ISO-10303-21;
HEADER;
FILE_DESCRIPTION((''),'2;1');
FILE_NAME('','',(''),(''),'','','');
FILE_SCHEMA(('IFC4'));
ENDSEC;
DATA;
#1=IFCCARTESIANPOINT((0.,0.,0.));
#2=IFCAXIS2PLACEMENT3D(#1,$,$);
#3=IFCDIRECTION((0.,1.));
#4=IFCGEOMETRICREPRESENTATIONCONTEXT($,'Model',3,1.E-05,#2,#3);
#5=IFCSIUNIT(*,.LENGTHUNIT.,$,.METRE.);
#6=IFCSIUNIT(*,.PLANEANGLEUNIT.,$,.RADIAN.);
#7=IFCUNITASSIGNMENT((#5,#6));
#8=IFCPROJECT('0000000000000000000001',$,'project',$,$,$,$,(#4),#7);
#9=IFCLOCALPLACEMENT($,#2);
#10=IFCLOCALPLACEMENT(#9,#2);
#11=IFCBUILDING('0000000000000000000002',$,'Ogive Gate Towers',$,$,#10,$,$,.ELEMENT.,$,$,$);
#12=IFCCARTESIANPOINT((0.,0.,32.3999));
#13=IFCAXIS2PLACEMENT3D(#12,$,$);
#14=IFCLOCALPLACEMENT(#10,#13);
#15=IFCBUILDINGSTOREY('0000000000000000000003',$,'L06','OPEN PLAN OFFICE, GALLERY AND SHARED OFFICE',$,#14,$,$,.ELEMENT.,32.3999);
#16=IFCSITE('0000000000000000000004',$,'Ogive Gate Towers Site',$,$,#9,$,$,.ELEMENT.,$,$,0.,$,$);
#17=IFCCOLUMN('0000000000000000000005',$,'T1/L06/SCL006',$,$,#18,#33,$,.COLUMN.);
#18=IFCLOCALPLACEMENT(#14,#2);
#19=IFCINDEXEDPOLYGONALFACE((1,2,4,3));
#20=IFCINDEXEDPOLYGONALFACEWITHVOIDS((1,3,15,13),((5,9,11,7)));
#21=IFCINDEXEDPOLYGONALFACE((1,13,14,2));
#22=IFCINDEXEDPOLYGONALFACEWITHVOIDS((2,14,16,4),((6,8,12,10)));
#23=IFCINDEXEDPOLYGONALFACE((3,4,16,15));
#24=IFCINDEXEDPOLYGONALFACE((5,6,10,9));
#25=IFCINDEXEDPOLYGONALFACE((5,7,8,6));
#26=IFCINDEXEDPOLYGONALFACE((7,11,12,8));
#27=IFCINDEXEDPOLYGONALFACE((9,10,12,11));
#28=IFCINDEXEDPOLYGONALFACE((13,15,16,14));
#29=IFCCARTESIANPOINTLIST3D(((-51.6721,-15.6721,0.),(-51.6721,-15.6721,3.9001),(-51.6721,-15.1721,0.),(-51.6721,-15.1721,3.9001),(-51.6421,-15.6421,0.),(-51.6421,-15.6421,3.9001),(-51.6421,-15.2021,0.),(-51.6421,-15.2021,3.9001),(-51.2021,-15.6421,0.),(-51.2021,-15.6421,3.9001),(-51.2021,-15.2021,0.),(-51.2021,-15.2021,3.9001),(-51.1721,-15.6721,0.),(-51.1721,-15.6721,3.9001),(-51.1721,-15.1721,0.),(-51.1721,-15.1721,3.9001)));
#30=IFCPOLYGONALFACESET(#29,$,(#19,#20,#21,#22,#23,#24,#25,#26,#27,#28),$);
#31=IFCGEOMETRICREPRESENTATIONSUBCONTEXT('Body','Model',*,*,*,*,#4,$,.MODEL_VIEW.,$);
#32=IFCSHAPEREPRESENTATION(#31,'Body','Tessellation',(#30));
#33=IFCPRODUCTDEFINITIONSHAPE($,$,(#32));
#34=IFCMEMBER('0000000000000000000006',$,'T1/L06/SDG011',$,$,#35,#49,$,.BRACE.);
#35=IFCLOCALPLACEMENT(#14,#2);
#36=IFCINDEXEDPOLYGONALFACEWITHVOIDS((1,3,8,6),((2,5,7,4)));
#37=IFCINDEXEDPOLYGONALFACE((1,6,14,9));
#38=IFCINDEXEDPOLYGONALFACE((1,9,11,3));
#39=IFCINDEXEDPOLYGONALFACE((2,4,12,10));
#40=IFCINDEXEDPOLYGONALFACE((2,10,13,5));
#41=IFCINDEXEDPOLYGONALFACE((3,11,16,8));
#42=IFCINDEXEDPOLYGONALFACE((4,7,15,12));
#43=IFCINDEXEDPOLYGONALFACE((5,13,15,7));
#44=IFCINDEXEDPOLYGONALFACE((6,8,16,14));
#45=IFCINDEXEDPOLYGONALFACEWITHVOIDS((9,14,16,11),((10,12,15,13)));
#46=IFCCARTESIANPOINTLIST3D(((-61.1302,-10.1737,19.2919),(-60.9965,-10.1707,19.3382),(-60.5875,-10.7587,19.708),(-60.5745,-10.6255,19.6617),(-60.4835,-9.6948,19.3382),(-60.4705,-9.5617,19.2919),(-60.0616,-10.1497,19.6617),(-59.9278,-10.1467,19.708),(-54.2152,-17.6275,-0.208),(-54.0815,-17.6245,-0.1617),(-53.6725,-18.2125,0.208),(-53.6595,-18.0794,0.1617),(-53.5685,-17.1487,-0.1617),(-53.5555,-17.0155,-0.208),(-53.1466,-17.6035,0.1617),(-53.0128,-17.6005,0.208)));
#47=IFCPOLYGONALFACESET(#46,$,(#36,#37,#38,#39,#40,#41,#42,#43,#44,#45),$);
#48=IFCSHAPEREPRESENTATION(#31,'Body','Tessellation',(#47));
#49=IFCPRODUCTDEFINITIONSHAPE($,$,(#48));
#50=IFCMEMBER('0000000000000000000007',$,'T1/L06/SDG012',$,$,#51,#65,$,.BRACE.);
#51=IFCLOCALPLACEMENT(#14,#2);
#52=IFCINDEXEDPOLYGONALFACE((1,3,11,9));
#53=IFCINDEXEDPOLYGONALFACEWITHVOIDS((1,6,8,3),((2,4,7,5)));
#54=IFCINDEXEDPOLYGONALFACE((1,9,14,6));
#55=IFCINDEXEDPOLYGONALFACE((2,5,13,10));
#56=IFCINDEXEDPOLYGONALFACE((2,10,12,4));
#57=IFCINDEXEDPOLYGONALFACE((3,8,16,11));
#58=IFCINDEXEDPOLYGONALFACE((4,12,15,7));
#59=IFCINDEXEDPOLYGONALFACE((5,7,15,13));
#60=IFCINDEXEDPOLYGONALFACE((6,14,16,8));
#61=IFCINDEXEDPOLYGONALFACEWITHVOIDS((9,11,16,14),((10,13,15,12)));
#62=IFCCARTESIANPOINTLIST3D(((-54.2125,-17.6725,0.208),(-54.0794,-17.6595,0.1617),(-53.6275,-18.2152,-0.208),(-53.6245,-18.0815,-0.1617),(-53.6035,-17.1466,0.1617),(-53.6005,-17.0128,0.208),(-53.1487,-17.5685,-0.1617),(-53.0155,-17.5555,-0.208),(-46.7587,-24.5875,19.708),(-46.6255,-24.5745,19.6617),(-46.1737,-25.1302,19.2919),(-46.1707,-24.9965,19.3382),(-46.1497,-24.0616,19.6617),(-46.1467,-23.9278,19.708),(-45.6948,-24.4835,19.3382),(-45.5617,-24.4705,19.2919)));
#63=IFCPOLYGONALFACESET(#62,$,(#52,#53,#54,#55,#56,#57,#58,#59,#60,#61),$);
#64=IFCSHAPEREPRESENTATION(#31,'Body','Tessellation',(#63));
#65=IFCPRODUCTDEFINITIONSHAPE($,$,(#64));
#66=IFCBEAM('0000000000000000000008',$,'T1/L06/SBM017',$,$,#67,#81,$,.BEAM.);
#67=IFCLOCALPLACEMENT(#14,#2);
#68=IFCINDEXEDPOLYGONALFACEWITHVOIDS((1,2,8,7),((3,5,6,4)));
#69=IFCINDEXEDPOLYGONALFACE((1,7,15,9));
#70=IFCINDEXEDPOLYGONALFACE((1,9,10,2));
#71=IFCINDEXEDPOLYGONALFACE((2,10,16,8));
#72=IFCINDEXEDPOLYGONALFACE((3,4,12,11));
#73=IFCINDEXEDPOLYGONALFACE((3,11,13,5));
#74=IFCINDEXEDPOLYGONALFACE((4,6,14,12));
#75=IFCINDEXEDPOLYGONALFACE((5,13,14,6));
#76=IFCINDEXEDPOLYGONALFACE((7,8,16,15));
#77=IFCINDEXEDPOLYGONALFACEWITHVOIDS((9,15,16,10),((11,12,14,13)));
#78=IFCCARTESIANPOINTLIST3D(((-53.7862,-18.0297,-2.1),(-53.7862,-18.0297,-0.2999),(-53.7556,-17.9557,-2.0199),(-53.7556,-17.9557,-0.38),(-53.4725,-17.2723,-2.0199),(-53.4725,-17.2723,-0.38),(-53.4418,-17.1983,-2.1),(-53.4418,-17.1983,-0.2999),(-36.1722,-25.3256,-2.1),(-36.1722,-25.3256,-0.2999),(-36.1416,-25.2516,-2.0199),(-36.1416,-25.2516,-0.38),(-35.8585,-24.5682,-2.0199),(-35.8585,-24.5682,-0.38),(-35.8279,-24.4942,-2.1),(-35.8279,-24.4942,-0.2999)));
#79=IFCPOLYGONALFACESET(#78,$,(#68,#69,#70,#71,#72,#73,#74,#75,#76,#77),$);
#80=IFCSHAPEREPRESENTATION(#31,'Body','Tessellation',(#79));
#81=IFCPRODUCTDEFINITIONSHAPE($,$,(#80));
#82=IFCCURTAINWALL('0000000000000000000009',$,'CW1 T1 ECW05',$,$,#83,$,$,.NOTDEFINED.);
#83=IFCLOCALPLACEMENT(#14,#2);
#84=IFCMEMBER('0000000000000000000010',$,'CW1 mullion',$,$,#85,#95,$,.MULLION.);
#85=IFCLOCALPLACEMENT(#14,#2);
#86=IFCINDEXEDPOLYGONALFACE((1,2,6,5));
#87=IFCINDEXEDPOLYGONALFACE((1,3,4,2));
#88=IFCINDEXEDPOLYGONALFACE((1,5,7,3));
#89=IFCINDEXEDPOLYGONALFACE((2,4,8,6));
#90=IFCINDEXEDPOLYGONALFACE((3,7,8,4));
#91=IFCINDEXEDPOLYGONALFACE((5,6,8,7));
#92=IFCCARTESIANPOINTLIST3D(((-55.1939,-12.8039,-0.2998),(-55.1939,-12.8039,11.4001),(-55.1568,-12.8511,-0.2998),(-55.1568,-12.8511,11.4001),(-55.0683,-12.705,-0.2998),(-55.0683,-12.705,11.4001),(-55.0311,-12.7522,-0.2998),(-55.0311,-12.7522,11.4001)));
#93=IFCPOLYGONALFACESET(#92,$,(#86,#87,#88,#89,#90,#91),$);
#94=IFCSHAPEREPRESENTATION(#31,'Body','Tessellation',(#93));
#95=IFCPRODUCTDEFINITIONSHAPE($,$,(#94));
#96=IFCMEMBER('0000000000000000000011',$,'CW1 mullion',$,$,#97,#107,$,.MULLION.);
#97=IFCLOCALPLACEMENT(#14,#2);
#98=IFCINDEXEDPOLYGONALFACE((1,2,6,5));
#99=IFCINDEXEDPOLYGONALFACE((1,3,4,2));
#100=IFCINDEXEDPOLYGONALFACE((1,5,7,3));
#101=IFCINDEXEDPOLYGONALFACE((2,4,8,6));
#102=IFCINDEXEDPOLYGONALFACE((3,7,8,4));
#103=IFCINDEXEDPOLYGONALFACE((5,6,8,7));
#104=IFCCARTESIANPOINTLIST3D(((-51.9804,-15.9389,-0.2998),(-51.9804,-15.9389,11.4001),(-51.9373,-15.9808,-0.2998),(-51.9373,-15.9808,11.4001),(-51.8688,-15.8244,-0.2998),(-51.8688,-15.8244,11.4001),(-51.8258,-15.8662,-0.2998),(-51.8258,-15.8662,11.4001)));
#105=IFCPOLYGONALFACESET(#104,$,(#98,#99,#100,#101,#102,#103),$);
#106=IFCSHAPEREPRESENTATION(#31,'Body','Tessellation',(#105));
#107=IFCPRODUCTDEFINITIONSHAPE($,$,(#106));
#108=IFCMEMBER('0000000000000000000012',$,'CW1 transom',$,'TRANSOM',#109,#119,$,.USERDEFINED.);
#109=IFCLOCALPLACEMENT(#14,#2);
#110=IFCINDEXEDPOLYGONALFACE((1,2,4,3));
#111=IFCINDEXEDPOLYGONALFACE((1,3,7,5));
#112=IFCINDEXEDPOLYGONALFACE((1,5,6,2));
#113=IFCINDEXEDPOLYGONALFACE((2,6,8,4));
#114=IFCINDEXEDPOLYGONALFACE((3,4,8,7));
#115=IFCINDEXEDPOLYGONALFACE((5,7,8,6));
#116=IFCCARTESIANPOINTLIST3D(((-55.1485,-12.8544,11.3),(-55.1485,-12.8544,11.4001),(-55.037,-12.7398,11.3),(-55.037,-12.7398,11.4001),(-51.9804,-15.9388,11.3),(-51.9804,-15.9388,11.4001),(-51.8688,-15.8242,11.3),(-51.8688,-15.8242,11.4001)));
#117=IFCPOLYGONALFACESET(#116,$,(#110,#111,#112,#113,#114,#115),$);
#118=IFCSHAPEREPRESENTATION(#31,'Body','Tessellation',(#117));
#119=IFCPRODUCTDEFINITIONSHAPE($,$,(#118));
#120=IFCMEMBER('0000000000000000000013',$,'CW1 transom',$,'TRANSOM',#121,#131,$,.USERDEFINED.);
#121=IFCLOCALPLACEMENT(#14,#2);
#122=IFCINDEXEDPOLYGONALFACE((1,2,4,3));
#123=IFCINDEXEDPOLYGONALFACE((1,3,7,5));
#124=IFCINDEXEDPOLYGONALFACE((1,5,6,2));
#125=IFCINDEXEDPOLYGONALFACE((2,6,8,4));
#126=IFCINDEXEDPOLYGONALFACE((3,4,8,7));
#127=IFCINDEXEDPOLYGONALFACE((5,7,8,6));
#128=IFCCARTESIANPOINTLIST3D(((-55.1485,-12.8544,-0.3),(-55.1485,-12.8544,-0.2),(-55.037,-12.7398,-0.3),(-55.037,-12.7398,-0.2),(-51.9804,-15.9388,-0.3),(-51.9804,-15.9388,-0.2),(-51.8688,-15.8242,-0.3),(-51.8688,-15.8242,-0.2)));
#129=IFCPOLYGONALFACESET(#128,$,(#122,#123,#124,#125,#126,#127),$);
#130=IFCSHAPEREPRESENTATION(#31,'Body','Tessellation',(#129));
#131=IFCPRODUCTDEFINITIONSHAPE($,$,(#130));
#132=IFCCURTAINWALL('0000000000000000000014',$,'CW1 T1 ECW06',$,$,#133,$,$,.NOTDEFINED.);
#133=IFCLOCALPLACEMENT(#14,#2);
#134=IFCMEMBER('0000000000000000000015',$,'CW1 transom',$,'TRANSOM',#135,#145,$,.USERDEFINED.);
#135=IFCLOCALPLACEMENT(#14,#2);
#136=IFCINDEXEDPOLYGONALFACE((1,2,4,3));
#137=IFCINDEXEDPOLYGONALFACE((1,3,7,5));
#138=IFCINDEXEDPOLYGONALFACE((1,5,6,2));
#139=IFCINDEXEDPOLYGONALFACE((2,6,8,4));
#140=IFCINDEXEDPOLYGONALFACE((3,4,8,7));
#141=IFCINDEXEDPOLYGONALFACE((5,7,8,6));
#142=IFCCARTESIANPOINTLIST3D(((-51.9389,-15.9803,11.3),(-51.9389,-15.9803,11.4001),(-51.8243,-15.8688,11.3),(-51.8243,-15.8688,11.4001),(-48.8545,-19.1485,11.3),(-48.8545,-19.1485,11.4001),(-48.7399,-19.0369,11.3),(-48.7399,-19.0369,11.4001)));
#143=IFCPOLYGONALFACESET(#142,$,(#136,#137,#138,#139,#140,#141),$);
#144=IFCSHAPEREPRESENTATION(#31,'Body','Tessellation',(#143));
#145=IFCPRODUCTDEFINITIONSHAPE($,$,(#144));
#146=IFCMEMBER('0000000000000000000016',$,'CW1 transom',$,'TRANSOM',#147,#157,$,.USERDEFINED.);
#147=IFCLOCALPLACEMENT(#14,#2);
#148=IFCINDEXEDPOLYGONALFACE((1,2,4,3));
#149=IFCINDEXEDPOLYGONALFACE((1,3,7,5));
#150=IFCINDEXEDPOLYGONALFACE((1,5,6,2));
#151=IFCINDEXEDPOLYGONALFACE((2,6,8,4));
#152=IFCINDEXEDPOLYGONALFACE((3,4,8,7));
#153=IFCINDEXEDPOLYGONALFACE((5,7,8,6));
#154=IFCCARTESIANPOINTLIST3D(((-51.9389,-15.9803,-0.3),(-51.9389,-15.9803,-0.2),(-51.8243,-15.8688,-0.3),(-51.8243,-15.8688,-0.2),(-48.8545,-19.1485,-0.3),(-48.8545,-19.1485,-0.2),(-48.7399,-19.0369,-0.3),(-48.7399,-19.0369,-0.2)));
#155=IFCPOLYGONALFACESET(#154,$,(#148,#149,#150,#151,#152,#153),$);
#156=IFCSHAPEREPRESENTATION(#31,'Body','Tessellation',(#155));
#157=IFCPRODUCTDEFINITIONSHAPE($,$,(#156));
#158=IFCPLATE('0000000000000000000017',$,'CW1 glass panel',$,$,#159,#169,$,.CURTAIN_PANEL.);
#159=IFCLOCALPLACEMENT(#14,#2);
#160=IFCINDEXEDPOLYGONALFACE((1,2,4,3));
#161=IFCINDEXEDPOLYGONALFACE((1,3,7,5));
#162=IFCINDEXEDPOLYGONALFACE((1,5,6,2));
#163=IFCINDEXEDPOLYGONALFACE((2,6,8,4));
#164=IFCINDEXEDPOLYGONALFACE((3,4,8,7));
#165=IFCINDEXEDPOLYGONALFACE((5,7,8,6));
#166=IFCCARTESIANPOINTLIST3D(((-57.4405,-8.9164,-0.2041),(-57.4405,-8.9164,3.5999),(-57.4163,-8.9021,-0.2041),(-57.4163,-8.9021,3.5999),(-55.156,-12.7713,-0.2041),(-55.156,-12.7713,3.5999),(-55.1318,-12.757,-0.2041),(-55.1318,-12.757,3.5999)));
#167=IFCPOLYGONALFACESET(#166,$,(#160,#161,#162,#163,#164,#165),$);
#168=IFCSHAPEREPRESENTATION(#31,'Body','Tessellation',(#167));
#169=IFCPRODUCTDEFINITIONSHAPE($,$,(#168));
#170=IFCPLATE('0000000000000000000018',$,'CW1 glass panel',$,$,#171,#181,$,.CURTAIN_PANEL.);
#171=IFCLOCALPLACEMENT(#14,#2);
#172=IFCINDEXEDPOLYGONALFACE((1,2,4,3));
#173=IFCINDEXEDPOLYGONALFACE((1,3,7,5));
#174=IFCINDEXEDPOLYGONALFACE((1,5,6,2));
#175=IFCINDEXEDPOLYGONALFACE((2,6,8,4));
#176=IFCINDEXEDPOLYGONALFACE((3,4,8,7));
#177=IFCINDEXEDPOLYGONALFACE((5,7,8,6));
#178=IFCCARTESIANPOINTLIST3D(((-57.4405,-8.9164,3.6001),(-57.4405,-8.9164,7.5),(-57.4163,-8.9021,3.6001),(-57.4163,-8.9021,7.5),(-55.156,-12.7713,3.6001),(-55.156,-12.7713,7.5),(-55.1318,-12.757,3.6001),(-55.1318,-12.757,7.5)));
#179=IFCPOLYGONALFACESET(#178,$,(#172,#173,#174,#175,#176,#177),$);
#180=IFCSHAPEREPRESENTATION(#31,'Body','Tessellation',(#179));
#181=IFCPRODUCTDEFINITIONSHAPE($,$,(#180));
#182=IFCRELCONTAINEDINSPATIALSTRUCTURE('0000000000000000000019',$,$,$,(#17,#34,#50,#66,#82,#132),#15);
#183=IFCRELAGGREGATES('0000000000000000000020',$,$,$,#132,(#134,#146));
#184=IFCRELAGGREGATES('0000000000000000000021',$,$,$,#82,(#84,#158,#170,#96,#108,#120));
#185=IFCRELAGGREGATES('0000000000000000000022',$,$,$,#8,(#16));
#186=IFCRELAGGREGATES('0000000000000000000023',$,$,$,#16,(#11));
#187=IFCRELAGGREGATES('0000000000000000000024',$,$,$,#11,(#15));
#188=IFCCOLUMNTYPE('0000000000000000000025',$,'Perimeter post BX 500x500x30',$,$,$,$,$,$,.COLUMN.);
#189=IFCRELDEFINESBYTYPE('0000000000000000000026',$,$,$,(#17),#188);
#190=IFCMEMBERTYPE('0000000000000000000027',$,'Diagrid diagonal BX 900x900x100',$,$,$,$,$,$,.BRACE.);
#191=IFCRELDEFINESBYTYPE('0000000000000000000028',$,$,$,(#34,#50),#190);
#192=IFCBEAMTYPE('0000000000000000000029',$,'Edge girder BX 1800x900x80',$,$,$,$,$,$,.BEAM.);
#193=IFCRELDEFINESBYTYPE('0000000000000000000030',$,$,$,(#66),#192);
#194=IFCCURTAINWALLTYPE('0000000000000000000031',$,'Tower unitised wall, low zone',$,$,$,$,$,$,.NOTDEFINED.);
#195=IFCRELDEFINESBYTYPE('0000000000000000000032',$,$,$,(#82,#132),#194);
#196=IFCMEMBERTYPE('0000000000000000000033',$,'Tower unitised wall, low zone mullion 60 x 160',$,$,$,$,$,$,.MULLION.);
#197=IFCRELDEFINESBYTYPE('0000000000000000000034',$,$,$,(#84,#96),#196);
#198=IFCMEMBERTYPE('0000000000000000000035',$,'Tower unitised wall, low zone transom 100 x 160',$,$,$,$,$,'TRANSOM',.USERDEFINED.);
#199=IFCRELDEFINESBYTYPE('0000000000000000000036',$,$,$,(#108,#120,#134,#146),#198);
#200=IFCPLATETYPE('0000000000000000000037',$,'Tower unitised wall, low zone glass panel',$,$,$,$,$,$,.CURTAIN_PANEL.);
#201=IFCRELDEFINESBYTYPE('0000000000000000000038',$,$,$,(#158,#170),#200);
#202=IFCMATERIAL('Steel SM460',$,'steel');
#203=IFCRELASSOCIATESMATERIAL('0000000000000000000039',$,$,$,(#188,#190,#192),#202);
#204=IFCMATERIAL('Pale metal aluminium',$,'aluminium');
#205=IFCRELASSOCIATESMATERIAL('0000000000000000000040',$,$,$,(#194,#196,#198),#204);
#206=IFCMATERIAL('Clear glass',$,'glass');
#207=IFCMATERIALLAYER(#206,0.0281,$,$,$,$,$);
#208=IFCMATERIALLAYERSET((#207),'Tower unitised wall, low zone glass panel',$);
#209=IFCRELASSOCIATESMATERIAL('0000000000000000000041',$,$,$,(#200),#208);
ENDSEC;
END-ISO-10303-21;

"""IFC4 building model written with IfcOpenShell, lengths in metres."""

from ifc_helpers import new_model, si_unit, direction, frame, origin, origin_2d, place, context, subcontext, project, spatial, rectangle, hollow_rectangle, extrude, material, layer, layer_set, material_profile, profile_set, type_object, element, aggregate, save


model = new_model("IFC4")

# Units and contexts
model_context = context("Model", 3, precision=1e-05, world=origin(), true_north=direction((0.0, 1.0)))
body_context = subcontext(model_context, "Body", "Model", "MODEL_VIEW")
ifc_project = project(units=[si_unit("LENGTHUNIT", "METRE"), si_unit("PLANEANGLEUNIT", "RADIAN")], contexts=[model_context])

# Site, building, storey
site_placement = place(None, origin())
site = spatial("IfcSite", under=ifc_project, at=site_placement, Name="Ogive Gate Towers Site", CompositionType="ELEMENT", RefElevation=0.0)
building_placement = place(site_placement, origin())
building = spatial("IfcBuilding", under=site, at=building_placement, Name="Ogive Gate Towers", CompositionType="ELEMENT")
storey_placement = place(building_placement, frame((0.0, 0.0, 32.3999)))
storey = spatial("IfcBuildingStorey", under=building, at=storey_placement, Name="L06", Description="OPEN PLAN OFFICE, GALLERY AND SHARED OFFICE", CompositionType="ELEMENT", Elevation=32.3999)

# Column
ifc_material_1 = material(Name="Steel SM460", Category="steel")
ifc_material_profile_1 = material_profile(ifc_material_1, hollow_rectangle(XDim=0.5, YDim=0.5, WallThickness=0.03, at=origin_2d()), Name="BX 500x500x30")
ifc_profile_set_1 = profile_set([ifc_material_profile_1], Name="Steel SM460")
column_type = type_object("IfcColumnType", Name="Perimeter post BX 500x500x30", PredefinedType="COLUMN", material=ifc_profile_set_1)
column_placement = place(storey_placement, frame((-51.4221, -15.4221, 0.0), z_axis=(0.0, 0.0, 1.0), x_axis=(1.0, 0.0, 0.0)))
element("IfcColumn", 1, at=column_placement, inside=storey, type_object=column_type, Name="T1/L06/SCL006", PredefinedType="COLUMN", context=body_context, shape_type="SweptSolid", body=[
    extrude(hollow_rectangle(XDim=0.5, YDim=0.5, WallThickness=0.03, at=origin_2d()), origin(), (0.0, 0.0, 1.0), 3.9001),
])

# Members
ifc_material_profile_2 = material_profile(ifc_material_1, hollow_rectangle(XDim=0.8999, YDim=0.8999, WallThickness=0.1001, at=origin_2d()), Name="BX 900x900x100")
ifc_profile_set_2 = profile_set([ifc_material_profile_2], Name="Steel SM460")
member_type_1 = type_object("IfcMemberType", Name="Diagrid diagonal BX 900x900x100", PredefinedType="BRACE", material=ifc_profile_set_2)
for number, where, z_axis, x_axis, name in (
    (2, (-53.614, -17.614, 0.0), (-0.314441, 0.338942, 0.886705), (-0.733107, -0.680113, 0.0), "T1/L06/SDG011"),
    (3, (-53.614, -17.614, 0.0), (0.338942, -0.314441, 0.886705), (0.680113, 0.733107, 0.0), "T1/L06/SDG012"),
):
    element("IfcMember", number, at=place(storey_placement, frame(where, z_axis=z_axis, x_axis=x_axis)), inside=storey, type_object=member_type_1, Name=name, PredefinedType="BRACE", context=body_context, shape_type="SweptSolid", body=[
        extrude(hollow_rectangle(XDim=0.8999, YDim=0.8999, WallThickness=0.1001, at=origin_2d()), origin(), (0.0, 0.0, 1.0), 21.9915),
    ])

# Beam
ifc_material_profile_3 = material_profile(ifc_material_1, hollow_rectangle(XDim=0.8999, YDim=1.8, WallThickness=0.0801, at=origin_2d()), Name="BX 1800x900x80")
ifc_profile_set_3 = profile_set([ifc_material_profile_3], Name="Steel SM460")
beam_type = type_object("IfcBeamType", Name="Edge girder BX 1800x900x80", PredefinedType="BEAM", material=ifc_profile_set_3)
beam_placement = place(storey_placement, frame((-53.614, -17.614, -1.2), z_axis=(0.923881, -0.382681, 0.0), x_axis=(0.382681, 0.923881, 0.0)))
element("IfcBeam", 4, at=beam_placement, inside=storey, type_object=beam_type, Name="T1/L06/SBM017", PredefinedType="BEAM", context=body_context, shape_type="SweptSolid", body=[
    extrude(hollow_rectangle(XDim=0.8999, YDim=1.8, WallThickness=0.0801, at=origin_2d()), origin(), (0.0, 0.0, 1.0), 19.0652),
])

# Curtain walls, members
ifc_material_2 = material(Name="Pale metal aluminium", Category="aluminium")
curtain_wall_type = type_object("IfcCurtainWallType", Name="Tower unitised wall, low zone", PredefinedType="NOTDEFINED", material=ifc_material_2)
curtain_wall_1_placement = place(storey_placement, origin())
curtain_wall_1 = element("IfcCurtainWall", 5, at=curtain_wall_1_placement, inside=storey, type_object=curtain_wall_type, Name="CW1 T1 ECW05", PredefinedType="NOTDEFINED")
ifc_material_profile_4 = material_profile(ifc_material_2, rectangle(XDim=0.1599, YDim=0.0601, at=origin_2d()), Name="60 x 160 aluminium box")
ifc_profile_set_4 = profile_set([ifc_material_profile_4], Name="Pale metal aluminium")
member_type_2 = type_object("IfcMemberType", Name="Tower unitised wall, low zone mullion 60 x 160", PredefinedType="MULLION", material=ifc_profile_set_4)
member_1_placement = place(storey_placement, frame((-55.1125, -12.7781, -0.2998), z_axis=(0.0, 0.0, 1.0), x_axis=(-0.78576, -0.618532, 0.0)))
member_1 = element("IfcMember", 6, at=member_1_placement, type_object=member_type_2, Name="CW1 mullion", PredefinedType="MULLION", context=body_context, shape_type="SweptSolid", body=[
    extrude(rectangle(XDim=0.1599, YDim=0.0601, at=origin_2d()), origin(), (0.0, 0.0, 1.0), 11.7),
])
member_2_placement = place(storey_placement, frame((-51.9031, -15.9026, -0.2998), z_axis=(0.0, 0.0, 1.0), x_axis=(-0.69759, -0.716497, 0.0)))
member_2 = element("IfcMember", 7, at=member_2_placement, type_object=member_type_2, Name="CW1 mullion", PredefinedType="MULLION", context=body_context, shape_type="SweptSolid", body=[
    extrude(rectangle(XDim=0.1599, YDim=0.0601, at=origin_2d()), origin(), (0.0, 0.0, 1.0), 11.7),
])
ifc_material_profile_5 = material_profile(ifc_material_2, rectangle(XDim=0.1599, YDim=0.1001, at=origin_2d()), Name="100 x 160 aluminium box")
ifc_profile_set_5 = profile_set([ifc_material_profile_5], Name="Pale metal aluminium")
member_type_3 = type_object("IfcMemberType", Name="Tower unitised wall, low zone transom 100 x 160", ElementType="TRANSOM", PredefinedType="USERDEFINED", material=ifc_profile_set_5)
member_3_placement = place(storey_placement, frame((-55.0928, -12.7971, 11.3501), z_axis=(0.716513, -0.697574, 0.0), x_axis=(0.697574, 0.716513, 0.0)))
member_3 = element("IfcMember", 8, at=member_3_placement, type_object=member_type_3, Name="CW1 transom", ObjectType="TRANSOM", PredefinedType="USERDEFINED", context=body_context, shape_type="SweptSolid", body=[
    extrude(rectangle(XDim=0.1599, YDim=0.1001, at=origin_2d()), origin(), (0.0, 0.0, 1.0), 4.4216),
])
member_4_placement = place(storey_placement, frame((-55.0928, -12.7971, -0.25), z_axis=(0.716513, -0.697574, 0.0), x_axis=(0.697574, 0.716513, 0.0)))
member_4 = element("IfcMember", 9, at=member_4_placement, type_object=member_type_3, Name="CW1 transom", ObjectType="TRANSOM", PredefinedType="USERDEFINED", context=body_context, shape_type="SweptSolid", body=[
    extrude(rectangle(XDim=0.1599, YDim=0.1001, at=origin_2d()), origin(), (0.0, 0.0, 1.0), 4.4216),
])
curtain_wall_2_placement = place(storey_placement, origin())
curtain_wall_2 = element("IfcCurtainWall", 10, at=curtain_wall_2_placement, inside=storey, type_object=curtain_wall_type, Name="CW1 T1 ECW06", PredefinedType="NOTDEFINED")
member_5_placement = place(storey_placement, frame((-51.8816, -15.9246, 11.3501), z_axis=(0.697574, -0.716513, 0.0), x_axis=(0.716513, 0.697574, 0.0)))
member_5 = element("IfcMember", 11, at=member_5_placement, type_object=member_type_3, Name="CW1 transom", ObjectType="TRANSOM", PredefinedType="USERDEFINED", context=body_context, shape_type="SweptSolid", body=[
    extrude(rectangle(XDim=0.1599, YDim=0.1001, at=origin_2d()), origin(), (0.0, 0.0, 1.0), 4.4216),
])
member_6_placement = place(storey_placement, frame((-51.8816, -15.9246, -0.25), z_axis=(0.697574, -0.716513, 0.0), x_axis=(0.716513, 0.697574, 0.0)))
member_6 = element("IfcMember", 12, at=member_6_placement, type_object=member_type_3, Name="CW1 transom", ObjectType="TRANSOM", PredefinedType="USERDEFINED", context=body_context, shape_type="SweptSolid", body=[
    extrude(rectangle(XDim=0.1599, YDim=0.1001, at=origin_2d()), origin(), (0.0, 0.0, 1.0), 4.4216),
])
aggregate(curtain_wall_2, [member_5, member_6])

# Plates
ifc_material_3 = material(Name="Clear glass", Category="glass")
ifc_layer_1 = layer(ifc_material_3, 0.0281)
ifc_layer_set_1 = layer_set([ifc_layer_1], Name="Tower unitised wall, low zone glass panel")
plate_type = type_object("IfcPlateType", Name="Tower unitised wall, low zone glass panel", PredefinedType="CURTAIN_PANEL", material=ifc_layer_set_1)
plate_1_placement = place(storey_placement, frame((-56.2861, -10.8367, -0.2041), z_axis=(0.0, 0.0, 1.0), x_axis=(0.509822, -0.86028, 0.0)))
plate_1 = element("IfcPlate", 13, at=plate_1_placement, type_object=plate_type, Name="CW1 glass panel", PredefinedType="CURTAIN_PANEL", context=body_context, shape_type="SweptSolid", body=[
    extrude(rectangle(XDim=4.481, YDim=0.0281, at=origin_2d()), origin(), (0.0, 0.0, 1.0), 3.804),
])
plate_2_placement = place(storey_placement, frame((-56.2861, -10.8367, 3.6001), z_axis=(0.0, 0.0, 1.0), x_axis=(0.509822, -0.86028, 0.0)))
plate_2 = element("IfcPlate", 14, at=plate_2_placement, type_object=plate_type, Name="CW1 glass panel", PredefinedType="CURTAIN_PANEL", context=body_context, shape_type="SweptSolid", body=[
    extrude(rectangle(XDim=4.481, YDim=0.0281, at=origin_2d()), origin(), (0.0, 0.0, 1.0), 3.8999),
])
aggregate(curtain_wall_1, [member_1, plate_1, plate_2, member_2, member_3, member_4])

save(model, "model.ifc")
